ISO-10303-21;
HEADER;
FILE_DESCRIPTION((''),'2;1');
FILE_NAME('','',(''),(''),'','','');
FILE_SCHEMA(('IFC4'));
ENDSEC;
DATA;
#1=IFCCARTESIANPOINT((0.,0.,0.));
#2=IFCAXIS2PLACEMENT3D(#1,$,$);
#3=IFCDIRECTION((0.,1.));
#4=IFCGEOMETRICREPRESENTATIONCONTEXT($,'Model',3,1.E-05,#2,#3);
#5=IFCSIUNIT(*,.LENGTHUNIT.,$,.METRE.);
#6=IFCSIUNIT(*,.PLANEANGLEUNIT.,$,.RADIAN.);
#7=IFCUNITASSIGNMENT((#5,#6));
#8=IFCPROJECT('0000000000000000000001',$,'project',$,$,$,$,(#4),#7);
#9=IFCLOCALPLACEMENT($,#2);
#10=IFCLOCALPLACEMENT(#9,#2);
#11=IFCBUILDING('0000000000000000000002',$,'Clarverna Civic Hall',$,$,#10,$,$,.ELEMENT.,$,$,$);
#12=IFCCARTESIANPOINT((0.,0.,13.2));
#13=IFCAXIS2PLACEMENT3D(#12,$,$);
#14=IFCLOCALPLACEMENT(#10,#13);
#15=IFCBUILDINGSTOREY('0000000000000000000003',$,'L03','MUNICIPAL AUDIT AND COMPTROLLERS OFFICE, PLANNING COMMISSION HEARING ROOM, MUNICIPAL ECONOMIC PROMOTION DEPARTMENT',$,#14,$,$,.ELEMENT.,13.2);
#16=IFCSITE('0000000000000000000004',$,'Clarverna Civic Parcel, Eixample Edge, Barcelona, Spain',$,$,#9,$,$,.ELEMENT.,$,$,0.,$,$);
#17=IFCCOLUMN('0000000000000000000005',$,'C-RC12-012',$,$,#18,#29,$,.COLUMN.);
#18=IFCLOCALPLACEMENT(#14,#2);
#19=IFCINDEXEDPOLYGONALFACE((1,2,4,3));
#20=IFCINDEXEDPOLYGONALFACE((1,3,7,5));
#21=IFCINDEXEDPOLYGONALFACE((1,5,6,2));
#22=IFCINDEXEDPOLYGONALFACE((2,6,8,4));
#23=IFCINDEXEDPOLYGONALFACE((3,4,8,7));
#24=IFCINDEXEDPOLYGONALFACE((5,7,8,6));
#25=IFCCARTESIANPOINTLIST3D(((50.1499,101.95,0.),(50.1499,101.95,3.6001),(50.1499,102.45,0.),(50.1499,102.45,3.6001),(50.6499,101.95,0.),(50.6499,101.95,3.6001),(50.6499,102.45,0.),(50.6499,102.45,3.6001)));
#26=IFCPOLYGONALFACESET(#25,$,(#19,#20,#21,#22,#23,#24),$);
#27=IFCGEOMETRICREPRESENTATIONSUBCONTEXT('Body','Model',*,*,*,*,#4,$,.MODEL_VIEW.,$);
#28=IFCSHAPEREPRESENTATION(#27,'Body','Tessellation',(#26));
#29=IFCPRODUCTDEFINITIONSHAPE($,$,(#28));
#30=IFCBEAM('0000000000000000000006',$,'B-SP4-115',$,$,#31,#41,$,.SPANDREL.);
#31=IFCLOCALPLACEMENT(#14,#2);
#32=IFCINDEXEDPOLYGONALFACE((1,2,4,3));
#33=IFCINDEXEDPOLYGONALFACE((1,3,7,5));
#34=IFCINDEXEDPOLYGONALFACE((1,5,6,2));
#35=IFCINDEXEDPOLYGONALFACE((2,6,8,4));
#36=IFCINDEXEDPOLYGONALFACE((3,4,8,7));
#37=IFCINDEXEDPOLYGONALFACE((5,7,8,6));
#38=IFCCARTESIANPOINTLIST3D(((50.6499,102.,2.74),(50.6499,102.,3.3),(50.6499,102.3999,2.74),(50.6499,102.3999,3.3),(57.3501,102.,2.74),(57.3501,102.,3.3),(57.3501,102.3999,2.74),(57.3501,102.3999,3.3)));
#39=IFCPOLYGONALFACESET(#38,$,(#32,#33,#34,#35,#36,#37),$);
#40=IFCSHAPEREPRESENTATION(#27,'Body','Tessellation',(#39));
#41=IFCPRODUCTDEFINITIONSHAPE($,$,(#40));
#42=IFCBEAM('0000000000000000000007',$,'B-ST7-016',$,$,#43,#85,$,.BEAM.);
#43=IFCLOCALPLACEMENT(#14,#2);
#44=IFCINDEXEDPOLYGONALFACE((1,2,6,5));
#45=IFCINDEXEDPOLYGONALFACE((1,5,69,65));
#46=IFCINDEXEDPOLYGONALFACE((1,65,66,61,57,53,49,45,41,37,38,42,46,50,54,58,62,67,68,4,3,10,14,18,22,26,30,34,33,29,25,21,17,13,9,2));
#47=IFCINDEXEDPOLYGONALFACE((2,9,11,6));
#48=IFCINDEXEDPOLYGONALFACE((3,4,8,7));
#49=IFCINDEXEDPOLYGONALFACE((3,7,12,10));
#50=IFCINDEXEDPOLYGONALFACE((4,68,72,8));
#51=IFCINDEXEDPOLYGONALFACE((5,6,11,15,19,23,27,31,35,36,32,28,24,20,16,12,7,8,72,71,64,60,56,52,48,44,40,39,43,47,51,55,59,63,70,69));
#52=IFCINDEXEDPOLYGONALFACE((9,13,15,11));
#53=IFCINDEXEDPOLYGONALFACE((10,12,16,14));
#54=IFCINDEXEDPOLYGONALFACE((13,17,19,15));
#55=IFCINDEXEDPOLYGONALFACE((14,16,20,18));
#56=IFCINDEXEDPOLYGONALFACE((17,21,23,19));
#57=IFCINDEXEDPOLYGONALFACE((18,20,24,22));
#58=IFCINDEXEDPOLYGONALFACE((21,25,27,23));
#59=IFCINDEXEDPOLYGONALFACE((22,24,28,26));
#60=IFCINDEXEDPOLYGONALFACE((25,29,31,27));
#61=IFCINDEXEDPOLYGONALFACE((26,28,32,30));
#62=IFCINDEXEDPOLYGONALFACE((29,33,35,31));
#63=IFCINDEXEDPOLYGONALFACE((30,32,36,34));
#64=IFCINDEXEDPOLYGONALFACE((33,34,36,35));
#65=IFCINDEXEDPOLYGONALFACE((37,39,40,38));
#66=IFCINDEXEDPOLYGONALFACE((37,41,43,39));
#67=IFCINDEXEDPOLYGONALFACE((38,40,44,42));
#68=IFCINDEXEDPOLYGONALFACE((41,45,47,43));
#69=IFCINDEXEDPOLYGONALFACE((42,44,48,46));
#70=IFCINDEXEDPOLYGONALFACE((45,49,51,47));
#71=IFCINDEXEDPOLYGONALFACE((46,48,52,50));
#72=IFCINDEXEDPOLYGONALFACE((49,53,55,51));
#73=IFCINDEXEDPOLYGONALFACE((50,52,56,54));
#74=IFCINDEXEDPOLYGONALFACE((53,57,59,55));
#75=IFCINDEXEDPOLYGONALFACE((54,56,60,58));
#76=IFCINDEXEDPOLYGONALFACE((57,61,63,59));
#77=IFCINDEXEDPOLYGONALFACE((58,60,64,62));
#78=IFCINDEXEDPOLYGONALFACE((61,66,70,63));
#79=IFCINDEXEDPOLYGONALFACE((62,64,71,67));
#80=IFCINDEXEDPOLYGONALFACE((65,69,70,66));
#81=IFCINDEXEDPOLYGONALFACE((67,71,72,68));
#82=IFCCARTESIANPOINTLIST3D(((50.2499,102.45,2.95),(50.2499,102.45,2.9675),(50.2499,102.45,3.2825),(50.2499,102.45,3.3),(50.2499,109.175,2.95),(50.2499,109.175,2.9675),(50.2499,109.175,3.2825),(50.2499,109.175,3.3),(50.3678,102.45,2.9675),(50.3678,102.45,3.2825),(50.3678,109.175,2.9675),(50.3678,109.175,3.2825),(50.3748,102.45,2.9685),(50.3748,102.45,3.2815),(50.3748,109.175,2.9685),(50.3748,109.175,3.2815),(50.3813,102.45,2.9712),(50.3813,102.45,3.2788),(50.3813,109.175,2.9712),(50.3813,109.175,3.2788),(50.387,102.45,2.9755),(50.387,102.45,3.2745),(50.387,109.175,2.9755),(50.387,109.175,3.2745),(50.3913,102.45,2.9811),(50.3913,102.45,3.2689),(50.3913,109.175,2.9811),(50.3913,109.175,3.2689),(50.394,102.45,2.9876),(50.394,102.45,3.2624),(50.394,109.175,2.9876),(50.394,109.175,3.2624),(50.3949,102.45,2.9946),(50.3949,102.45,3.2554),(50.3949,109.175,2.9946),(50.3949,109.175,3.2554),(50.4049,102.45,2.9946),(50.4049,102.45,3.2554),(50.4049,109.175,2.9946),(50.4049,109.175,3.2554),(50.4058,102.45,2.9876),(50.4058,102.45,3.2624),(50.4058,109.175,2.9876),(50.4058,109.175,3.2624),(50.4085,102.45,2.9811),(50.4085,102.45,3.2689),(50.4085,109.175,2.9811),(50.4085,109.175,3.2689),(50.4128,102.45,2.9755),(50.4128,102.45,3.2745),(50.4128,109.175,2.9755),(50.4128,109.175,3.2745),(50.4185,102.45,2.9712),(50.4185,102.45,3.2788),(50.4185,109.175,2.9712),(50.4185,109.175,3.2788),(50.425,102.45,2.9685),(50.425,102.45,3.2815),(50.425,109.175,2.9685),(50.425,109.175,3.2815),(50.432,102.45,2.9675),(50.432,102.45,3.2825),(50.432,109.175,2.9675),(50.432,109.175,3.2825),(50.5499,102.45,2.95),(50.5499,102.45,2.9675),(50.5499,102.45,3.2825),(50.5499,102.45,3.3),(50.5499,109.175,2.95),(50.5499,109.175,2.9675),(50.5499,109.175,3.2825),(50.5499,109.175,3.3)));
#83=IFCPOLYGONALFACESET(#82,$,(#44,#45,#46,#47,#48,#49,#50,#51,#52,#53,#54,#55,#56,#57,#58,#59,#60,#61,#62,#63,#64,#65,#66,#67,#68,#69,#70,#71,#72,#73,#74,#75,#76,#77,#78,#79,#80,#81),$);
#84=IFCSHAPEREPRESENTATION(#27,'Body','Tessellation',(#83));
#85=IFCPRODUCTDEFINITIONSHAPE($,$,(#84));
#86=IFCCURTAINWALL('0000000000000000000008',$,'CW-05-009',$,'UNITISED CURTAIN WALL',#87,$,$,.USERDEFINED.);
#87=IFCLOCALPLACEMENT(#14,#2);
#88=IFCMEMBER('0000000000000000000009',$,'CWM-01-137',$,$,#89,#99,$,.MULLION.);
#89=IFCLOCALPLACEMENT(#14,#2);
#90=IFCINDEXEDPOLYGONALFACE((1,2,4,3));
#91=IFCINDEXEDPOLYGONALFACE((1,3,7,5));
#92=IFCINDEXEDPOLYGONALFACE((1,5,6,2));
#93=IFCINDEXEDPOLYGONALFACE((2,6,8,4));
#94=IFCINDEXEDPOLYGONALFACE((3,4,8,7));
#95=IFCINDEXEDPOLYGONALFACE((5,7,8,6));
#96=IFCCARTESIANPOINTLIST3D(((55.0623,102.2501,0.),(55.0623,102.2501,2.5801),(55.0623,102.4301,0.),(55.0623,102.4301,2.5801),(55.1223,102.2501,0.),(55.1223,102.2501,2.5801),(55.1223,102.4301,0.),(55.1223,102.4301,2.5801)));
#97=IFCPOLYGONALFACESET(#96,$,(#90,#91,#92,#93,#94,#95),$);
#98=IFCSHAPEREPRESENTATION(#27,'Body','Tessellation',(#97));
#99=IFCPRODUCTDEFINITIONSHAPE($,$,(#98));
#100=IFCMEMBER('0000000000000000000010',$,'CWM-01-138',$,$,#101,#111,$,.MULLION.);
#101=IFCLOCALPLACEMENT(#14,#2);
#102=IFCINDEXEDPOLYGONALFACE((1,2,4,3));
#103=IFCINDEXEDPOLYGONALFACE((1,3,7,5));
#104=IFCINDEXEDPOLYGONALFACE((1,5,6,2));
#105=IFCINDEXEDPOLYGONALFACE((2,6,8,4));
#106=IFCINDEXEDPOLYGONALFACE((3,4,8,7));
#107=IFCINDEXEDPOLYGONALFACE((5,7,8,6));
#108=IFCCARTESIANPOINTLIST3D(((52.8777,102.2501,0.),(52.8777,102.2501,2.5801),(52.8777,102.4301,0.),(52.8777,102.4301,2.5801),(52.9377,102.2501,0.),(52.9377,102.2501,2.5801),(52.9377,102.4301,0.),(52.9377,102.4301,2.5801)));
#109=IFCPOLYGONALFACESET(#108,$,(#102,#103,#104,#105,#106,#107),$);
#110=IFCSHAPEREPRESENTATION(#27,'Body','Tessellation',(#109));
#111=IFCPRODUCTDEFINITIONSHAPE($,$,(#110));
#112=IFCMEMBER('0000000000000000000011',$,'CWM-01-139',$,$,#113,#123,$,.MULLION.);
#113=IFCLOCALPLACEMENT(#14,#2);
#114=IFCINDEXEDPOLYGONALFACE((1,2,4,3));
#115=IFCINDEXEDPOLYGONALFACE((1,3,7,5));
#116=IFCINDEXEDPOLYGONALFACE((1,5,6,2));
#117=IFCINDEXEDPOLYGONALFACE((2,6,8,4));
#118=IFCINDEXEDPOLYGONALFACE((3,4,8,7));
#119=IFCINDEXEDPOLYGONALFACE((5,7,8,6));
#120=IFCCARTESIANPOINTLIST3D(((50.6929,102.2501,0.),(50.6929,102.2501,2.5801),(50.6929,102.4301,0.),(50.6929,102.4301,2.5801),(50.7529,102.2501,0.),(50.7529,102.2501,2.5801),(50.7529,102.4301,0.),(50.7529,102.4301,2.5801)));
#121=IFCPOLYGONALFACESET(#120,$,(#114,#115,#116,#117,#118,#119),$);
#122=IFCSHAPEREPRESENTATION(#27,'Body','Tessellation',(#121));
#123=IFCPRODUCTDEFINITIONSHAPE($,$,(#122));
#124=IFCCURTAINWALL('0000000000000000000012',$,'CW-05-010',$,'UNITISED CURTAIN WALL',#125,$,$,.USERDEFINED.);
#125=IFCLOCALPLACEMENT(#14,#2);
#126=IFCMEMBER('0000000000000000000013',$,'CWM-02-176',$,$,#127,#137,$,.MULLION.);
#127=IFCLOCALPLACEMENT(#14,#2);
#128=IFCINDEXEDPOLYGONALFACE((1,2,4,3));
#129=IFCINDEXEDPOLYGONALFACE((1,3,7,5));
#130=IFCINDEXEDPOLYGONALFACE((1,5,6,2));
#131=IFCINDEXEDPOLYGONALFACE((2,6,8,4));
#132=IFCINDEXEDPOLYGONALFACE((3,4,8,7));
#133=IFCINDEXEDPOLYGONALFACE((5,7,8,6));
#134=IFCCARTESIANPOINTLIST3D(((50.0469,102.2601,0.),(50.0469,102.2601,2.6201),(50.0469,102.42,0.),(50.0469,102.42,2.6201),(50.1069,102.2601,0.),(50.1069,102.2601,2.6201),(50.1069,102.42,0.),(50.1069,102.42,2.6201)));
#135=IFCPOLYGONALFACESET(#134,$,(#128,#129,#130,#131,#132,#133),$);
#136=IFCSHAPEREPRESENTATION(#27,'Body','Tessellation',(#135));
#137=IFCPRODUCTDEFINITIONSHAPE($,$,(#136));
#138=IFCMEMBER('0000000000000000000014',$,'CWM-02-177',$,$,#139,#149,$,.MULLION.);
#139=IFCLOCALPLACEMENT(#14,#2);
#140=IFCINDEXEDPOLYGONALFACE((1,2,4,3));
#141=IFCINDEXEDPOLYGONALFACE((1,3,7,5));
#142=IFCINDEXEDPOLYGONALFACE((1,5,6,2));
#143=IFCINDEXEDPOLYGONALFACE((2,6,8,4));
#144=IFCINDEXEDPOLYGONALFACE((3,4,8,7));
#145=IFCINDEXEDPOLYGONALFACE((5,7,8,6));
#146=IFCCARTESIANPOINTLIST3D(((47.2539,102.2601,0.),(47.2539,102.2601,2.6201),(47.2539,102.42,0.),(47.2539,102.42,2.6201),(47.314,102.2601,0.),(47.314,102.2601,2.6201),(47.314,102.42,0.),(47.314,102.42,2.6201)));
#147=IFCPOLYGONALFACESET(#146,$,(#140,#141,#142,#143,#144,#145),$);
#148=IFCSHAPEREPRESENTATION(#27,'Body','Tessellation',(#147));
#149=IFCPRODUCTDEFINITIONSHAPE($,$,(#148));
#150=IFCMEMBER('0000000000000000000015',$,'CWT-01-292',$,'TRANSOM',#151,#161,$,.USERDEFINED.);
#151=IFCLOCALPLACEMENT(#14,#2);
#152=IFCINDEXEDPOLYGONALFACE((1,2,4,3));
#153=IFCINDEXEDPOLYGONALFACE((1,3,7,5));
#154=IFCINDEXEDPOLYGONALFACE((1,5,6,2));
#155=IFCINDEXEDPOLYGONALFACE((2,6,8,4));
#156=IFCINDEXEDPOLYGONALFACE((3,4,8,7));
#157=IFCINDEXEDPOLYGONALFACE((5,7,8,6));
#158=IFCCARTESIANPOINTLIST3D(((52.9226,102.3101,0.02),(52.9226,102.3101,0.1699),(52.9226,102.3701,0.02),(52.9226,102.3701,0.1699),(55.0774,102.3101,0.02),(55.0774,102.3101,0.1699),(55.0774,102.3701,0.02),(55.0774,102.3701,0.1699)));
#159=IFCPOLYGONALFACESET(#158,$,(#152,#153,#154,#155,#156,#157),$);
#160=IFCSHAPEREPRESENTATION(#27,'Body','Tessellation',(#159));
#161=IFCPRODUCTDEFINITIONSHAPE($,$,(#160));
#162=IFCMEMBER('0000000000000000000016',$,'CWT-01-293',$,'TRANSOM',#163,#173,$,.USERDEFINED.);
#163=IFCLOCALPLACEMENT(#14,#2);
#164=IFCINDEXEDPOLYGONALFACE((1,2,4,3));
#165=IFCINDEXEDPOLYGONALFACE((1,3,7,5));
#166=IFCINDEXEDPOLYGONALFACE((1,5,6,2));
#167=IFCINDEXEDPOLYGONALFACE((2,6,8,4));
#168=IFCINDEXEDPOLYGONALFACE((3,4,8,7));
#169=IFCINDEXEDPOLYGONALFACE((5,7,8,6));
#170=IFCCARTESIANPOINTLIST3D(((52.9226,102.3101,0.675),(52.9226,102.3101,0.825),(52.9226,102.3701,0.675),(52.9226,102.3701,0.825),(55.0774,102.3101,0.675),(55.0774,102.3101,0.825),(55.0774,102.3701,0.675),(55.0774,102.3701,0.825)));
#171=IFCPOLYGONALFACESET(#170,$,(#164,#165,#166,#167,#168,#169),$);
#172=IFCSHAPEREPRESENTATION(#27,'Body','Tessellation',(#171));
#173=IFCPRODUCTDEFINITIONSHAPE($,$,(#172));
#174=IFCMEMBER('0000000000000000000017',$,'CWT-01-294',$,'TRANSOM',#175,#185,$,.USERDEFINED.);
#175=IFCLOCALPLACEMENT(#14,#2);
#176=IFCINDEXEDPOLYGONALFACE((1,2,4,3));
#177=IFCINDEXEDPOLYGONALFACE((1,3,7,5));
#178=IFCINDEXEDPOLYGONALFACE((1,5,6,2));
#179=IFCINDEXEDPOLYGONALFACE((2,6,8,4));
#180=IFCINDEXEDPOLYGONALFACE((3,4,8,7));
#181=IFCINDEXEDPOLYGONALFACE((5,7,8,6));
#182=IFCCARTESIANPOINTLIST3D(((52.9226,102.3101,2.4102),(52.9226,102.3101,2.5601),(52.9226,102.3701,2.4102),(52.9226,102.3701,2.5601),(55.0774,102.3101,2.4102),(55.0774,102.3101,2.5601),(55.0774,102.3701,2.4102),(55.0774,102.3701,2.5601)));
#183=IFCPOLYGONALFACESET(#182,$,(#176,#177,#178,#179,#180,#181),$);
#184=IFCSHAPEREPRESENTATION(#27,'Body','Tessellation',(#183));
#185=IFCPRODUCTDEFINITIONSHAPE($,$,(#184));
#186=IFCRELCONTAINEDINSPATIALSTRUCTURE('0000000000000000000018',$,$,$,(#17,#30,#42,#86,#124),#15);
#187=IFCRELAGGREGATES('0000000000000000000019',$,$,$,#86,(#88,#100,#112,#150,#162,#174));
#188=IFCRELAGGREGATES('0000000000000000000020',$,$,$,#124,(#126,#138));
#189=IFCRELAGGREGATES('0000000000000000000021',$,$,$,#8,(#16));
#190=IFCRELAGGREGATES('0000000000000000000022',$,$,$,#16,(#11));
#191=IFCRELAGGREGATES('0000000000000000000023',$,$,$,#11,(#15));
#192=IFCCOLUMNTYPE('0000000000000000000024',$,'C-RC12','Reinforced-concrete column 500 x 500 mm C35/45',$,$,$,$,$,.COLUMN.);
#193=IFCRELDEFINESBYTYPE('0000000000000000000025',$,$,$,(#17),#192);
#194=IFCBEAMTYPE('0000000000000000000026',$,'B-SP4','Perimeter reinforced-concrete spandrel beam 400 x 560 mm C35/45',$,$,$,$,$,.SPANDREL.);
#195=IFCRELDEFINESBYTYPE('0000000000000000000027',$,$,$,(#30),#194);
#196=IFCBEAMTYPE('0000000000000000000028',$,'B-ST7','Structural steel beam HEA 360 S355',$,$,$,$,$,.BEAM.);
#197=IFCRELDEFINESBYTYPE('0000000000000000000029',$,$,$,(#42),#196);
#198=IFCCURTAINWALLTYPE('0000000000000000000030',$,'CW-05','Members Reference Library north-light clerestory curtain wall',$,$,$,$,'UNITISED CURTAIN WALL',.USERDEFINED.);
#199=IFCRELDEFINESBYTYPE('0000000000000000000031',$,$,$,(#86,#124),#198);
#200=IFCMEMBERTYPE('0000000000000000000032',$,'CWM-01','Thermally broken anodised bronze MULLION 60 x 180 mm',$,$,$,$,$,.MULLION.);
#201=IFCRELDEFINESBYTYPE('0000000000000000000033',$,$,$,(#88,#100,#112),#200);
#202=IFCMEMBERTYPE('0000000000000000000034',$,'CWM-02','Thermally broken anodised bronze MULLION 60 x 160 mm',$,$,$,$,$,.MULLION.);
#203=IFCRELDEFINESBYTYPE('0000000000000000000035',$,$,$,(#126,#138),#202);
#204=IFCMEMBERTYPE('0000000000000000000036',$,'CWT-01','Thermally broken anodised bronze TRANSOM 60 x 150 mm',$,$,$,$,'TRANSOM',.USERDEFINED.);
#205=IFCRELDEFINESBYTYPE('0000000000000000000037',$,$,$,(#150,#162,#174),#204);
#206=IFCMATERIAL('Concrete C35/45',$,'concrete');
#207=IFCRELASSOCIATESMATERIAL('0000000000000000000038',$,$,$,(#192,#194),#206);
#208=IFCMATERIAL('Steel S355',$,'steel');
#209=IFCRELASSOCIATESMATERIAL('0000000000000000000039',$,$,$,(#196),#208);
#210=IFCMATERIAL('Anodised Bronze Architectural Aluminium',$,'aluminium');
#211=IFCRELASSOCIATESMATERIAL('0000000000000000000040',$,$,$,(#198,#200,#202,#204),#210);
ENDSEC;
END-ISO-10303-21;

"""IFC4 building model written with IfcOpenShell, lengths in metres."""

from ifc_helpers import new_model, si_unit, direction, frame, origin, origin_2d, place, context, subcontext, project, spatial, rectangle, i_section, extrude, material, material_profile, profile_set, type_object, element, aggregate, save


model = new_model("IFC4")

# Units and contexts
model_context = context("Model", 3, precision=1e-05, world=origin(), true_north=direction((0.0, 1.0)))
body_context = subcontext(model_context, "Body", "Model", "MODEL_VIEW")
ifc_project = project(units=[si_unit("LENGTHUNIT", "METRE"), si_unit("PLANEANGLEUNIT", "RADIAN")], contexts=[model_context])

# Site, building, storey
site_placement = place(None, origin())
site = spatial("IfcSite", under=ifc_project, at=site_placement, Name="Clarverna Civic Parcel, Eixample Edge, Barcelona, Spain", CompositionType="ELEMENT", RefElevation=0.0)
building_placement = place(site_placement, origin())
building = spatial("IfcBuilding", under=site, at=building_placement, Name="Clarverna Civic Hall", CompositionType="ELEMENT")
storey_placement = place(building_placement, frame((0.0, 0.0, 13.2)))
storey = spatial("IfcBuildingStorey", under=building, at=storey_placement, Name="L03", Description="MUNICIPAL AUDIT AND COMPTROLLERS OFFICE, PLANNING COMMISSION HEARING ROOM, MUNICIPAL ECONOMIC PROMOTION DEPARTMENT", CompositionType="ELEMENT", Elevation=13.2)

# Column
ifc_material_1 = material(Name="Concrete C35/45", Category="concrete")
ifc_material_profile_1 = material_profile(ifc_material_1, rectangle(XDim=0.5, YDim=0.5, at=origin_2d()), Name="RC 500x500")
ifc_profile_set_1 = profile_set([ifc_material_profile_1], Name="Concrete C35/45")
column_type = type_object("IfcColumnType", Name="C-RC12", Description="Reinforced-concrete column 500 x 500 mm C35/45", PredefinedType="COLUMN", material=ifc_profile_set_1)
column_placement = place(storey_placement, frame((50.3999, 102.2, 0.0), z_axis=(0.0, 0.0, 1.0), x_axis=(1.0, 0.0, 0.0)))
element("IfcColumn", 1, at=column_placement, inside=storey, type_object=column_type, Name="C-RC12-012", PredefinedType="COLUMN", context=body_context, shape_type="SweptSolid", body=[
    extrude(rectangle(XDim=0.5, YDim=0.5, at=origin_2d()), origin(), (0.0, 0.0, 1.0), 3.6001),
])

# Beams
ifc_material_profile_2 = material_profile(ifc_material_1, rectangle(XDim=0.3999, YDim=0.5601, at=origin_2d()), Name="RC 400x560")
ifc_profile_set_2 = profile_set([ifc_material_profile_2], Name="Concrete C35/45")
beam_type_1 = type_object("IfcBeamType", Name="B-SP4", Description="Perimeter reinforced-concrete spandrel beam 400 x 560 mm C35/45", PredefinedType="SPANDREL", material=ifc_profile_set_2)
beam_1_placement = place(storey_placement, frame((50.6499, 102.2, 3.02), z_axis=(1.0, 0.0, 0.0), x_axis=(0.0, 1.0, 0.0)))
element("IfcBeam", 2, at=beam_1_placement, inside=storey, type_object=beam_type_1, Name="B-SP4-115", PredefinedType="SPANDREL", context=body_context, shape_type="SweptSolid", body=[
    extrude(rectangle(XDim=0.3999, YDim=0.5601, at=origin_2d()), origin(), (0.0, 0.0, 1.0), 6.7002),
])
ifc_material_2 = material(Name="Steel S355", Category="steel")
ifc_material_profile_3 = material_profile(ifc_material_2, i_section(OverallWidth=0.3, OverallDepth=0.3501, WebThickness=0.01, FlangeThickness=0.0176, FilletRadius=0.0271, at=origin_2d()), Name="HEA 360")
ifc_profile_set_3 = profile_set([ifc_material_profile_3], Name="Steel S355")
beam_type_2 = type_object("IfcBeamType", Name="B-ST7", Description="Structural steel beam HEA 360 S355", PredefinedType="BEAM", material=ifc_profile_set_3)
beam_2_placement = place(storey_placement, frame((50.3999, 102.45, 3.125), z_axis=(0.0, 1.0, 0.0), x_axis=(-1.0, 0.0, 0.0)))
element("IfcBeam", 3, at=beam_2_placement, inside=storey, type_object=beam_type_2, Name="B-ST7-016", PredefinedType="BEAM", context=body_context, shape_type="SweptSolid", body=[
    extrude(i_section(OverallWidth=0.3, OverallDepth=0.3501, WebThickness=0.01, FlangeThickness=0.0176, FilletRadius=0.0271, at=origin_2d()), origin(), (0.0, 0.0, 1.0), 6.7251),
])

# Curtain walls, members
ifc_material_3 = material(Name="Anodised Bronze Architectural Aluminium", Category="aluminium")
curtain_wall_type = type_object("IfcCurtainWallType", Name="CW-05", Description="Members Reference Library north-light clerestory curtain wall", ElementType="UNITISED CURTAIN WALL", PredefinedType="USERDEFINED", material=ifc_material_3)
curtain_wall_1_placement = place(storey_placement, origin())
curtain_wall_1 = element("IfcCurtainWall", 4, at=curtain_wall_1_placement, inside=storey, type_object=curtain_wall_type, Name="CW-05-009", ObjectType="UNITISED CURTAIN WALL", PredefinedType="USERDEFINED")
ifc_material_profile_4 = material_profile(ifc_material_3, rectangle(XDim=0.0601, YDim=0.1799, at=origin_2d()), Name="BRONZE 60x180")
ifc_profile_set_4 = profile_set([ifc_material_profile_4], Name="Anodised Bronze Architectural Aluminium")
member_type_1 = type_object("IfcMemberType", Name="CWM-01", Description="Thermally broken anodised bronze MULLION 60 x 180 mm", PredefinedType="MULLION", material=ifc_profile_set_4)
member_1_placement = place(storey_placement, frame((55.0923, 102.3401, 0.0), z_axis=(0.0, 0.0, 1.0), x_axis=(1.0, 0.0, 0.0)))
member_1 = element("IfcMember", 5, at=member_1_placement, type_object=member_type_1, Name="CWM-01-137", PredefinedType="MULLION", context=body_context, shape_type="SweptSolid", body=[
    extrude(rectangle(XDim=0.0601, YDim=0.1799, at=origin_2d()), origin(), (0.0, 0.0, 1.0), 2.5801),
])
member_2_placement = place(storey_placement, frame((52.9077, 102.3401, 0.0), z_axis=(0.0, 0.0, 1.0), x_axis=(1.0, 0.0, 0.0)))
member_2 = element("IfcMember", 6, at=member_2_placement, type_object=member_type_1, Name="CWM-01-138", PredefinedType="MULLION", context=body_context, shape_type="SweptSolid", body=[
    extrude(rectangle(XDim=0.0601, YDim=0.1799, at=origin_2d()), origin(), (0.0, 0.0, 1.0), 2.5801),
])
member_3_placement = place(storey_placement, frame((50.7229, 102.3401, 0.0), z_axis=(0.0, 0.0, 1.0), x_axis=(1.0, 0.0, 0.0)))
member_3 = element("IfcMember", 7, at=member_3_placement, type_object=member_type_1, Name="CWM-01-139", PredefinedType="MULLION", context=body_context, shape_type="SweptSolid", body=[
    extrude(rectangle(XDim=0.0601, YDim=0.1799, at=origin_2d()), origin(), (0.0, 0.0, 1.0), 2.5801),
])
curtain_wall_2_placement = place(storey_placement, origin())
curtain_wall_2 = element("IfcCurtainWall", 8, at=curtain_wall_2_placement, inside=storey, type_object=curtain_wall_type, Name="CW-05-010", ObjectType="UNITISED CURTAIN WALL", PredefinedType="USERDEFINED")
ifc_material_profile_5 = material_profile(ifc_material_3, rectangle(XDim=0.0601, YDim=0.1599, at=origin_2d()), Name="BRONZE 60x160")
ifc_profile_set_5 = profile_set([ifc_material_profile_5], Name="Anodised Bronze Architectural Aluminium")
member_type_2 = type_object("IfcMemberType", Name="CWM-02", Description="Thermally broken anodised bronze MULLION 60 x 160 mm", PredefinedType="MULLION", material=ifc_profile_set_5)
member_4_placement = place(storey_placement, frame((50.0769, 102.3401, 0.0), z_axis=(0.0, 0.0, 1.0), x_axis=(1.0, 0.0, 0.0)))
member_4 = element("IfcMember", 9, at=member_4_placement, type_object=member_type_2, Name="CWM-02-176", PredefinedType="MULLION", context=body_context, shape_type="SweptSolid", body=[
    extrude(rectangle(XDim=0.0601, YDim=0.1599, at=origin_2d()), origin(), (0.0, 0.0, 1.0), 2.6201),
])
member_5_placement = place(storey_placement, frame((47.2839, 102.3401, 0.0), z_axis=(0.0, 0.0, 1.0), x_axis=(1.0, 0.0, 0.0)))
member_5 = element("IfcMember", 10, at=member_5_placement, type_object=member_type_2, Name="CWM-02-177", PredefinedType="MULLION", context=body_context, shape_type="SweptSolid", body=[
    extrude(rectangle(XDim=0.0601, YDim=0.1599, at=origin_2d()), origin(), (0.0, 0.0, 1.0), 2.6201),
])

# Members
ifc_material_profile_6 = material_profile(ifc_material_3, rectangle(XDim=0.0601, YDim=0.1499, at=origin_2d()), Name="BRONZE 60x150")
ifc_profile_set_6 = profile_set([ifc_material_profile_6], Name="Anodised Bronze Architectural Aluminium")
member_type_3 = type_object("IfcMemberType", Name="CWT-01", Description="Thermally broken anodised bronze TRANSOM 60 x 150 mm", ElementType="TRANSOM", PredefinedType="USERDEFINED", material=ifc_profile_set_6)
member_6_placement = place(storey_placement, frame((55.0774, 102.3401, 0.095), z_axis=(-1.0, 0.0, 0.0), x_axis=(0.0, -1.0, 0.0)))
member_6 = element("IfcMember", 11, at=member_6_placement, type_object=member_type_3, Name="CWT-01-292", ObjectType="TRANSOM", PredefinedType="USERDEFINED", context=body_context, shape_type="SweptSolid", body=[
    extrude(rectangle(XDim=0.0601, YDim=0.1499, at=origin_2d()), origin(), (0.0, 0.0, 1.0), 2.1548),
])
member_7_placement = place(storey_placement, frame((55.0774, 102.3401, 0.75), z_axis=(-1.0, 0.0, 0.0), x_axis=(0.0, -1.0, 0.0)))
member_7 = element("IfcMember", 12, at=member_7_placement, type_object=member_type_3, Name="CWT-01-293", ObjectType="TRANSOM", PredefinedType="USERDEFINED", context=body_context, shape_type="SweptSolid", body=[
    extrude(rectangle(XDim=0.0601, YDim=0.1499, at=origin_2d()), origin(), (0.0, 0.0, 1.0), 2.1548),
])
member_8_placement = place(storey_placement, frame((55.0774, 102.3401, 2.4851), z_axis=(-1.0, 0.0, 0.0), x_axis=(0.0, -1.0, 0.0)))
member_8 = element("IfcMember", 13, at=member_8_placement, type_object=member_type_3, Name="CWT-01-294", ObjectType="TRANSOM", PredefinedType="USERDEFINED", context=body_context, shape_type="SweptSolid", body=[
    extrude(rectangle(XDim=0.0601, YDim=0.1499, at=origin_2d()), origin(), (0.0, 0.0, 1.0), 2.1548),
])

aggregate(curtain_wall_1, [member_1, member_2, member_3, member_6, member_7, member_8])
aggregate(curtain_wall_2, [member_4, member_5])

save(model, "model.ifc")
